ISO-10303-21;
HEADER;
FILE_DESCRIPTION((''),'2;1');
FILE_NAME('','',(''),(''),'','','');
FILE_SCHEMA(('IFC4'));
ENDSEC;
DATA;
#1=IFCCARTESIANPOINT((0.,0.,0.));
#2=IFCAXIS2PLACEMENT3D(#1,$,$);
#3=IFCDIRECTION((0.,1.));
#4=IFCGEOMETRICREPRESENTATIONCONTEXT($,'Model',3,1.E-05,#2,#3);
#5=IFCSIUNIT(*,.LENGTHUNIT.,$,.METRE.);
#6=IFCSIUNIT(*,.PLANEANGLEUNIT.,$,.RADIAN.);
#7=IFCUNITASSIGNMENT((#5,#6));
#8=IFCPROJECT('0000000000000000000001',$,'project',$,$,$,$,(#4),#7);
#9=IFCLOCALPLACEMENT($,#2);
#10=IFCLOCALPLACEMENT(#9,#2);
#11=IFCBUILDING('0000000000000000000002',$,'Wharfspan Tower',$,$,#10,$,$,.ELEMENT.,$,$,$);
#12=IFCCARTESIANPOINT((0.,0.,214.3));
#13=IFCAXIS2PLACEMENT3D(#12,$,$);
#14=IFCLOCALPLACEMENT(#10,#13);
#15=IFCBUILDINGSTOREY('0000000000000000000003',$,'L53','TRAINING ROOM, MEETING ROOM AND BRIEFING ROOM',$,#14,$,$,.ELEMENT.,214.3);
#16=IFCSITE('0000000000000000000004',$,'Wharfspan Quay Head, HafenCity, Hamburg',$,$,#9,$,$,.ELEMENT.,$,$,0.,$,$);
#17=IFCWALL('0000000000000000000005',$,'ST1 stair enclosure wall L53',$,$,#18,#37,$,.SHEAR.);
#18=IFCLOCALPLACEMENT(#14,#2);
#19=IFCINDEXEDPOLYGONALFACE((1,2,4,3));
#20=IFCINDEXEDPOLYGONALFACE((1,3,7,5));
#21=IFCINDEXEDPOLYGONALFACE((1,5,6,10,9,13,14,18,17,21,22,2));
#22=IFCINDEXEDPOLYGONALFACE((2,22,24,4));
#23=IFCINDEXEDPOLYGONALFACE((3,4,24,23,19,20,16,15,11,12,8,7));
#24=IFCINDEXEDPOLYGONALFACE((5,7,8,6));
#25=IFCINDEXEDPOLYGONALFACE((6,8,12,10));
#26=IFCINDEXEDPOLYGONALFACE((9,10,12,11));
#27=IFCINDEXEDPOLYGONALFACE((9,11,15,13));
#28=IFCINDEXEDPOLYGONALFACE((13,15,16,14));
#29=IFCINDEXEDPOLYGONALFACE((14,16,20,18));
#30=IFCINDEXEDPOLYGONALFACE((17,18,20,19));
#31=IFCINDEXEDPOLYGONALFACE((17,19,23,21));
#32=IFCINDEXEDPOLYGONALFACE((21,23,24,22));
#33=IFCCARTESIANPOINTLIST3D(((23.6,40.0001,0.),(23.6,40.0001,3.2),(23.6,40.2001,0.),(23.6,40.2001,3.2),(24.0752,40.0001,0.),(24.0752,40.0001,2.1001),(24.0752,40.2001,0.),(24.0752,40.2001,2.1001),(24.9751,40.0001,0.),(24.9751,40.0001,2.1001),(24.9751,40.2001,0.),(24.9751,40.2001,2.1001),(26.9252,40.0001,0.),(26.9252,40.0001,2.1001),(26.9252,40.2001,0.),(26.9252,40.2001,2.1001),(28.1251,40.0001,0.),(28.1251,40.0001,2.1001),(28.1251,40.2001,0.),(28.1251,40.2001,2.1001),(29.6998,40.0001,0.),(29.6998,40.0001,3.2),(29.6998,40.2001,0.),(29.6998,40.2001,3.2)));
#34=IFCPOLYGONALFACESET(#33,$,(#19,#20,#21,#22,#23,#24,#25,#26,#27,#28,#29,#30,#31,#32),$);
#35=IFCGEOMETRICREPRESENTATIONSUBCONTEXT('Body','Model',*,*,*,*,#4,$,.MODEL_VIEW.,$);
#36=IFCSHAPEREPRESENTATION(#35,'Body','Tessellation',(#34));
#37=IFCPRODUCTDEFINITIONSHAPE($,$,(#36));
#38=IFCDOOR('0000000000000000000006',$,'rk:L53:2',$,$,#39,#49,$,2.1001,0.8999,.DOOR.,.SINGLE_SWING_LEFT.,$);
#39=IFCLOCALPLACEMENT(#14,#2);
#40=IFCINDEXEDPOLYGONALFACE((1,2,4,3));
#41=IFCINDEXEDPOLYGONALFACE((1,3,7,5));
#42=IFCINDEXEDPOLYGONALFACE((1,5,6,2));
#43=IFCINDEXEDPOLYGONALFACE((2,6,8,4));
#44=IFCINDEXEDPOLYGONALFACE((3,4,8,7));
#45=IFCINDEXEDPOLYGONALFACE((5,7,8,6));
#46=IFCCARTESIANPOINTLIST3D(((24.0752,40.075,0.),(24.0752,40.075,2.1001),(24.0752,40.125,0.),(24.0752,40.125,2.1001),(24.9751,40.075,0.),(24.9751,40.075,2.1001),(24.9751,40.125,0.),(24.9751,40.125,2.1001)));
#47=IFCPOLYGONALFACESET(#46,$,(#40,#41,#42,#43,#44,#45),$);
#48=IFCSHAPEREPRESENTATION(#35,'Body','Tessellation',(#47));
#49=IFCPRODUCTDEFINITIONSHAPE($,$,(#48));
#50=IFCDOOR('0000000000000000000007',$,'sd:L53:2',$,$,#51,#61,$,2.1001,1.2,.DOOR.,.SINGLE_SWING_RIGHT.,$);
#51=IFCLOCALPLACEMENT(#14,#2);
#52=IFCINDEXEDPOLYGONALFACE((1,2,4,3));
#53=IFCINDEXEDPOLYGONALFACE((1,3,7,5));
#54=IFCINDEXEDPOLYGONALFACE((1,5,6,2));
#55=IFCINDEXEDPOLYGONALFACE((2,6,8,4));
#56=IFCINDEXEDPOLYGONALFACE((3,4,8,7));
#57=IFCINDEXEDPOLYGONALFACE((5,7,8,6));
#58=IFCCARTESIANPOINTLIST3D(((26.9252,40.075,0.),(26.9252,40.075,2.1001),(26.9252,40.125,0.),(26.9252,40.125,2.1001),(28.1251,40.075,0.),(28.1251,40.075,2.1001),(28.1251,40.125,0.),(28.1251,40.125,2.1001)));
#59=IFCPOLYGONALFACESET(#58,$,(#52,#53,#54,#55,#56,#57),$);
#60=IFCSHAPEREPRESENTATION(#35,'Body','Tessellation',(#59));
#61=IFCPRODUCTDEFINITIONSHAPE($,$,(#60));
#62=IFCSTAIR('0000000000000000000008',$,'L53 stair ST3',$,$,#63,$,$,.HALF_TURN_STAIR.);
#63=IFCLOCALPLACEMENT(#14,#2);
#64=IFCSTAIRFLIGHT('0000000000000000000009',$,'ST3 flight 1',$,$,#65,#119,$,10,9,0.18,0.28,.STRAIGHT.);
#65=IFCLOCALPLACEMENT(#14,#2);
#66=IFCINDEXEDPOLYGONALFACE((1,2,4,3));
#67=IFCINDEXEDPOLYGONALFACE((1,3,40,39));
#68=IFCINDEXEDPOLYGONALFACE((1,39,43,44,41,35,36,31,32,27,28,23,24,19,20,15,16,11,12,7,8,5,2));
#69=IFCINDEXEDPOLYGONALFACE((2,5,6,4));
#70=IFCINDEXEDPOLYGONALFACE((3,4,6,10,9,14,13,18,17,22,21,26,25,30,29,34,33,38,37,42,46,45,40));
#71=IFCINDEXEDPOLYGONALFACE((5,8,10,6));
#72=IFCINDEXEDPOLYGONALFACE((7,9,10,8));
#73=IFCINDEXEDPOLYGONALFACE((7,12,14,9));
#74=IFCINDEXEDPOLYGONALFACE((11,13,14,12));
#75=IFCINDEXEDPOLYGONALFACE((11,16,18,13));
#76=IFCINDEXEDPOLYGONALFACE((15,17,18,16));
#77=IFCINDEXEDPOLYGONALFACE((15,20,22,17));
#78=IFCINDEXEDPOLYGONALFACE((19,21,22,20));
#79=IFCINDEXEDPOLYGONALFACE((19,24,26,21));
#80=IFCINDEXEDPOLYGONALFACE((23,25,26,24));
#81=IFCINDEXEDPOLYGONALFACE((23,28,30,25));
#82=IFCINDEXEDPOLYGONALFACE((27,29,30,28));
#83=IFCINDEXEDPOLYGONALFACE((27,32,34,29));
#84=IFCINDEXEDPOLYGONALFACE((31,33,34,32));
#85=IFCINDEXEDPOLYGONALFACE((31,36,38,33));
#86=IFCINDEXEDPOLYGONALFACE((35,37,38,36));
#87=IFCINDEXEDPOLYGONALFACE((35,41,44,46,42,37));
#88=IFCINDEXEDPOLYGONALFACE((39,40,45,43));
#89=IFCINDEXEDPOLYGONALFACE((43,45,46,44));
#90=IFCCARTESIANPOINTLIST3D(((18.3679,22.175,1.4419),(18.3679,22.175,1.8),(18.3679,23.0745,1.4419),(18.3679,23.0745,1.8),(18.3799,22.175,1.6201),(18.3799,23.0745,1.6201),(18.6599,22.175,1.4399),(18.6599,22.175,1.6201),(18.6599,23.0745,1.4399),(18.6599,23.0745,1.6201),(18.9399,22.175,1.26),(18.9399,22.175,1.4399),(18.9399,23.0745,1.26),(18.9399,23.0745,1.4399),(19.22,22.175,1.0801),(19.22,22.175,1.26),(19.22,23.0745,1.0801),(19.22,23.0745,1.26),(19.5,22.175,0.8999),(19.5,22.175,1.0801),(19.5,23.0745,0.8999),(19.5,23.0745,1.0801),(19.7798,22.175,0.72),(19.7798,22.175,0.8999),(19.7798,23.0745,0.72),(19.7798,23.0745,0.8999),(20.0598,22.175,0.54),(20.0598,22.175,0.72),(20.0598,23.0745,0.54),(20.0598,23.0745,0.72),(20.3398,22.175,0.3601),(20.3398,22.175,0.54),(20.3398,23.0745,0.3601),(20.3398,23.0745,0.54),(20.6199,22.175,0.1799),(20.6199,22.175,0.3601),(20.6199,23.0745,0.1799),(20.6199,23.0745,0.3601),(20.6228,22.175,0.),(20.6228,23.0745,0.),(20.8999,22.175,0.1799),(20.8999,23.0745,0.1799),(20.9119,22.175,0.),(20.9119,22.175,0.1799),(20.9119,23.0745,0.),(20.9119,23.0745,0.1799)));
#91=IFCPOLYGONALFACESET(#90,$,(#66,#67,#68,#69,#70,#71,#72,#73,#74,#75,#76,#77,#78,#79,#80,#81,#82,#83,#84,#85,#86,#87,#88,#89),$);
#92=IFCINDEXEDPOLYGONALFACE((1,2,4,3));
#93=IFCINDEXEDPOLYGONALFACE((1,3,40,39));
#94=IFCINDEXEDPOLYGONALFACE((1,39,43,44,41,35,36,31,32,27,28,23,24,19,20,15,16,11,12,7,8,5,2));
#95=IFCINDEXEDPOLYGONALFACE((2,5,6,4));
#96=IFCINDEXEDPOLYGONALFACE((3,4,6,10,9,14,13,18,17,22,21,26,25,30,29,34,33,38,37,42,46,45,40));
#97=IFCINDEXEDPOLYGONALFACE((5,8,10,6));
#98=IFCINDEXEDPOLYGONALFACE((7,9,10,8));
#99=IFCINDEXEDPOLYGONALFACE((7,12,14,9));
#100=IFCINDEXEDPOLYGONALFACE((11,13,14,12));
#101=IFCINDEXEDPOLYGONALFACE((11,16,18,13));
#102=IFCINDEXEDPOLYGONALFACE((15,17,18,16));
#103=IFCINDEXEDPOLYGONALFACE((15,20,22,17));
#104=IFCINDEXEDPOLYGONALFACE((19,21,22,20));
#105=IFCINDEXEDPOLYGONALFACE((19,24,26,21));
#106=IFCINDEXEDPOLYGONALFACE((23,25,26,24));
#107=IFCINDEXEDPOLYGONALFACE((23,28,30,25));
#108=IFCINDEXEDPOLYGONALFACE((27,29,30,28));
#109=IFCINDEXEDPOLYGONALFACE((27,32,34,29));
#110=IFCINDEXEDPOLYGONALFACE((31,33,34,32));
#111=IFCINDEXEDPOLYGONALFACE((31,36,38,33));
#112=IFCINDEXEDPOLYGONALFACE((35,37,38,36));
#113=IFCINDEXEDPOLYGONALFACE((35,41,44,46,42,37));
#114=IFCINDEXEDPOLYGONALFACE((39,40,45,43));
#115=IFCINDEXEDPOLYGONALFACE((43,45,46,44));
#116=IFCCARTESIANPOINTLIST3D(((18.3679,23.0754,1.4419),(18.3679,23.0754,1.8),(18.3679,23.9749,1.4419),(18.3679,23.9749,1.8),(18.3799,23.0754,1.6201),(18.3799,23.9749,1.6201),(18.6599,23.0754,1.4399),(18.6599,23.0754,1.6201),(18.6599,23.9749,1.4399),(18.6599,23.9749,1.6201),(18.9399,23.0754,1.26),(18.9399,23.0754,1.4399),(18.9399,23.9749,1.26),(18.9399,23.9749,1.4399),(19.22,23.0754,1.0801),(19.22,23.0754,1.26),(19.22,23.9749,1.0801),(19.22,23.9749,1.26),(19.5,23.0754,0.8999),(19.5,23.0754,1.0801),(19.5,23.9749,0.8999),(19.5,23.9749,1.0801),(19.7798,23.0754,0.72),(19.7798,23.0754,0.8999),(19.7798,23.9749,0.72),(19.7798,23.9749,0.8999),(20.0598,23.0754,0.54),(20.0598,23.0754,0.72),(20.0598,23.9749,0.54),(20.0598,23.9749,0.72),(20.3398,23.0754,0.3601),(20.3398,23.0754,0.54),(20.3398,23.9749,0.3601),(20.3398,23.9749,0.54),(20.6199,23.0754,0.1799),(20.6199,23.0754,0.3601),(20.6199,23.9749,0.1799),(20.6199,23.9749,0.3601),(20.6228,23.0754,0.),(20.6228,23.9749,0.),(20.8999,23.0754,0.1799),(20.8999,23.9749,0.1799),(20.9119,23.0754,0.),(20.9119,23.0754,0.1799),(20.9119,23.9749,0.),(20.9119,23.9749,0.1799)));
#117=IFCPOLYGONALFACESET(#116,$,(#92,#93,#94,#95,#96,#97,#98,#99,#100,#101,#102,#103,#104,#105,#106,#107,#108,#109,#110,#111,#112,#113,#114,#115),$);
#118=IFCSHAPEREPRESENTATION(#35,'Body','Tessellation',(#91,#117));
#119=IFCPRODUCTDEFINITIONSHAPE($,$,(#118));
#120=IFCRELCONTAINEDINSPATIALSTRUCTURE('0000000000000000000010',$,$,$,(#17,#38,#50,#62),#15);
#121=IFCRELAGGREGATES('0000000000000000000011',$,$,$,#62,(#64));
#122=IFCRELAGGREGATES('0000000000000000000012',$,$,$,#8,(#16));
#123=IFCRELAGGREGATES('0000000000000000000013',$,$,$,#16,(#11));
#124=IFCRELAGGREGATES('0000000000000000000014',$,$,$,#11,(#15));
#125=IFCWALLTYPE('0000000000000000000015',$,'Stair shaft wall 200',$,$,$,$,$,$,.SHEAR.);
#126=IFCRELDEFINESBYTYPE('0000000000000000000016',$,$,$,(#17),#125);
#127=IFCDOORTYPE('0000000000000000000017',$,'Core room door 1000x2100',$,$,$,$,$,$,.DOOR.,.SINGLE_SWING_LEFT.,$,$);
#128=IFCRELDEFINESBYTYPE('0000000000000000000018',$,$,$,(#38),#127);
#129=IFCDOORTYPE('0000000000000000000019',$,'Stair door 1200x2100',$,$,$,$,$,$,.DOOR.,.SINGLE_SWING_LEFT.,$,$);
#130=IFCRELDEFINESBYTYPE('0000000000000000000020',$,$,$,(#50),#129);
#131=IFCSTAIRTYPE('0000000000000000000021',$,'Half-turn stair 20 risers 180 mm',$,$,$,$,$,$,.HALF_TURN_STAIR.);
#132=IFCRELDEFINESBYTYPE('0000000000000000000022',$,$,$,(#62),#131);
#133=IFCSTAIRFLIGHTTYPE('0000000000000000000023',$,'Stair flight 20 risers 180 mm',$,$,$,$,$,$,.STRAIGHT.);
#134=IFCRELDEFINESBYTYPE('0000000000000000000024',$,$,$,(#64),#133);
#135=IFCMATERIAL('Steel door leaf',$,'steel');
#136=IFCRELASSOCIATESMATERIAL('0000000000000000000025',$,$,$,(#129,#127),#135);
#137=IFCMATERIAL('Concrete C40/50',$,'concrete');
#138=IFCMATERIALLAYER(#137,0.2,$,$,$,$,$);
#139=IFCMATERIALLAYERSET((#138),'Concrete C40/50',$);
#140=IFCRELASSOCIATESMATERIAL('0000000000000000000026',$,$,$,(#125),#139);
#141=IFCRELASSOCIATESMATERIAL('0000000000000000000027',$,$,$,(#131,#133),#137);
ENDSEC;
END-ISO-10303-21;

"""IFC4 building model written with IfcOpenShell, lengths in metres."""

from ifc_helpers import new_model, si_unit, direction, frame, frame_2d, origin, place, context, subcontext, project, spatial, polyline, rectangle, outline, extrude, material, layer, layer_set, type_object, element, fill, aggregate, save


model = new_model("IFC4")

# Units and contexts
model_context = context("Model", 3, precision=1e-05, world=origin(), true_north=direction((0.0, 1.0)))
body_context = subcontext(model_context, "Body", "Model", "MODEL_VIEW")
ifc_project = project(units=[si_unit("LENGTHUNIT", "METRE"), si_unit("PLANEANGLEUNIT", "RADIAN")], contexts=[model_context])

# Site, building, storey
site_placement = place(None, origin())
site = spatial("IfcSite", under=ifc_project, at=site_placement, Name="Wharfspan Quay Head, HafenCity, Hamburg", CompositionType="ELEMENT", RefElevation=0.0)
building_placement = place(site_placement, origin())
building = spatial("IfcBuilding", under=site, at=building_placement, Name="Wharfspan Tower", CompositionType="ELEMENT")
storey_placement = place(building_placement, frame((0.0, 0.0, 214.3)))
storey = spatial("IfcBuildingStorey", under=building, at=storey_placement, Name="L53", Description="TRAINING ROOM, MEETING ROOM AND BRIEFING ROOM", CompositionType="ELEMENT", Elevation=214.3)

# Shared definitions
ifc_material_1 = material(Name="Steel door leaf", Category="steel")
door_type_1 = type_object("IfcDoorType", Name="Stair door 1200x2100", OperationType="SINGLE_SWING_LEFT", PredefinedType="DOOR", material=ifc_material_1)

# Wall, openings, doors
ifc_material_2 = material(Name="Concrete C40/50", Category="concrete")
ifc_layer_1 = layer(ifc_material_2, 0.2)
ifc_layer_set_1 = layer_set([ifc_layer_1], Name="Concrete C40/50")
wall_type_1 = type_object("IfcWallType", Name="Stair shaft wall 200", PredefinedType="SHEAR", material=ifc_layer_set_1)
wall_1_placement = place(storey_placement, frame((23.6001, 40.1001, 0.0), z_axis=(0.0, 0.0, 1.0), x_axis=(1.0, 0.0, 0.0)))
wall_1 = element("IfcWall", 1, at=wall_1_placement, inside=storey, type_object=wall_type_1, Name="ST1 stair enclosure wall L53", PredefinedType="SHEAR", context=body_context, shape_type="SweptSolid", body=[
    extrude(rectangle(XDim=6.0999, YDim=0.2, at=frame_2d((3.0498, 0.0))), origin(), (0.0, 0.0, 1.0), 3.2),
])
opening_1_placement = place(wall_1_placement, frame((3.325, 0.0, 0.0)))
opening_1 = element("IfcOpeningElement", 2, at=opening_1_placement, cuts=wall_1, PredefinedType="OPENING", context=body_context, shape_type="SweptSolid", body=[
    extrude(rectangle(XDim=1.2, YDim=2.1001, at=frame_2d((0.6001, 1.05))), frame((0.0, 0.1099, 0.0), z_axis=(0.0, -1.0, 0.0), x_axis=(1.0, 0.0, 0.0)), (0.0, 0.0, 1.0), 0.22),
])
opening_2_placement = place(wall_1_placement, frame((0.4751, 0.0, 0.0)))
opening_2 = element("IfcOpeningElement", 3, at=opening_2_placement, cuts=wall_1, PredefinedType="OPENING", context=body_context, shape_type="SweptSolid", body=[
    extrude(rectangle(XDim=0.8999, YDim=2.1001, at=frame_2d((0.45, 1.05))), frame((0.0, 0.1099, 0.0), z_axis=(0.0, -1.0, 0.0), x_axis=(1.0, 0.0, 0.0)), (0.0, 0.0, 1.0), 0.22),
])
door_type_2 = type_object("IfcDoorType", Name="Core room door 1000x2100", OperationType="SINGLE_SWING_LEFT", PredefinedType="DOOR", material=ifc_material_1)
door_1_placement = place(opening_2_placement, origin())
door_1 = element("IfcDoor", 4, at=door_1_placement, inside=storey, type_object=door_type_2, Name="rk:L53:2", OperationType="SINGLE_SWING_LEFT", OverallHeight=2.1001, OverallWidth=0.8999, PredefinedType="DOOR", context=body_context, shape_type="SweptSolid", body=[
    extrude(rectangle(XDim=0.8999, YDim=2.1001, at=frame_2d((0.45, 1.05))), frame((0.0, 0.0249, 0.0), z_axis=(0.0, -1.0, 0.0), x_axis=(1.0, 0.0, 0.0)), (0.0, 0.0, 1.0), 0.05),
])
fill(opening_2, door_1)
door_2_placement = place(opening_1_placement, origin())
door_2 = element("IfcDoor", 5, at=door_2_placement, inside=storey, type_object=door_type_1, Name="sd:L53:2", OperationType="SINGLE_SWING_RIGHT", OverallHeight=2.1001, OverallWidth=1.2, PredefinedType="DOOR", context=body_context, shape_type="SweptSolid", body=[
    extrude(rectangle(XDim=1.2, YDim=2.1001, at=frame_2d((0.6001, 1.05))), frame((0.0, 0.0249, 0.0), z_axis=(0.0, -1.0, 0.0), x_axis=(1.0, 0.0, 0.0)), (0.0, 0.0, 1.0), 0.05),
])
fill(opening_1, door_2)

# Stair, stair flight
stair_type = type_object("IfcStairType", Name="Half-turn stair 20 risers 180 mm", PredefinedType="HALF_TURN_STAIR", material=ifc_material_2)
stair_placement = place(storey_placement, origin())
stair = element("IfcStair", 6, at=stair_placement, inside=storey, type_object=stair_type, Name="L53 stair ST3", PredefinedType="HALF_TURN_STAIR")
stair_flight_type = type_object("IfcStairFlightType", Name="Stair flight 20 risers 180 mm", PredefinedType="STRAIGHT", material=ifc_material_2)
stair_flight_placement = place(storey_placement, frame((20.8999, 23.075, 0.0), z_axis=(0.0, 0.0, 1.0), x_axis=(-1.0, 0.0, 0.0)))
stair_flight = element("IfcStairFlight", 7, at=stair_flight_placement, type_object=stair_flight_type, Name="ST3 flight 1", NumberOfRisers=10, NumberOfTreads=9, PredefinedType="STRAIGHT", RiserHeight=0.18, TreadLength=0.28, context=body_context, shape_type="SweptSolid", body=[
    extrude(outline(polyline([(-0.012, 0.0), (-0.012, 0.1799), (0.0, 0.1799), (0.28, 0.1799), (0.28, 0.3601), (0.5601, 0.3601), (0.5601, 0.54), (0.8401, 0.54), (0.8401, 0.72), (1.1201, 0.72), (1.1201, 0.8999), (1.3999, 0.8999), (1.3999, 1.0801), (1.6799, 1.0801), (1.6799, 1.26), (1.96, 1.26), (1.96, 1.4399), (2.24, 1.4399), (2.24, 1.6201), (2.52, 1.6201), (2.532, 1.8), (2.532, 1.4419), (0.2771, 0.0), (-0.012, 0.0)])), frame((0.0, 0.8999, 0.0), z_axis=(0.0, -1.0, 0.0), x_axis=(1.0, 0.0, 0.0)), (0.0, 0.0, 1.0), 0.8994),
    extrude(outline(polyline([(-0.012, 0.0), (-0.012, 0.1799), (0.0, 0.1799), (0.28, 0.1799), (0.28, 0.3601), (0.5601, 0.3601), (0.5601, 0.54), (0.8401, 0.54), (0.8401, 0.72), (1.1201, 0.72), (1.1201, 0.8999), (1.3999, 0.8999), (1.3999, 1.0801), (1.6799, 1.0801), (1.6799, 1.26), (1.96, 1.26), (1.96, 1.4399), (2.24, 1.4399), (2.24, 1.6201), (2.52, 1.6201), (2.532, 1.8), (2.532, 1.4419), (0.2771, 0.0), (-0.012, 0.0)])), frame((0.0, -0.0005, 0.0), z_axis=(0.0, -1.0, 0.0), x_axis=(1.0, 0.0, 0.0)), (0.0, 0.0, 1.0), 0.8994),
])
aggregate(stair, [stair_flight])

save(model, "model.ifc")
